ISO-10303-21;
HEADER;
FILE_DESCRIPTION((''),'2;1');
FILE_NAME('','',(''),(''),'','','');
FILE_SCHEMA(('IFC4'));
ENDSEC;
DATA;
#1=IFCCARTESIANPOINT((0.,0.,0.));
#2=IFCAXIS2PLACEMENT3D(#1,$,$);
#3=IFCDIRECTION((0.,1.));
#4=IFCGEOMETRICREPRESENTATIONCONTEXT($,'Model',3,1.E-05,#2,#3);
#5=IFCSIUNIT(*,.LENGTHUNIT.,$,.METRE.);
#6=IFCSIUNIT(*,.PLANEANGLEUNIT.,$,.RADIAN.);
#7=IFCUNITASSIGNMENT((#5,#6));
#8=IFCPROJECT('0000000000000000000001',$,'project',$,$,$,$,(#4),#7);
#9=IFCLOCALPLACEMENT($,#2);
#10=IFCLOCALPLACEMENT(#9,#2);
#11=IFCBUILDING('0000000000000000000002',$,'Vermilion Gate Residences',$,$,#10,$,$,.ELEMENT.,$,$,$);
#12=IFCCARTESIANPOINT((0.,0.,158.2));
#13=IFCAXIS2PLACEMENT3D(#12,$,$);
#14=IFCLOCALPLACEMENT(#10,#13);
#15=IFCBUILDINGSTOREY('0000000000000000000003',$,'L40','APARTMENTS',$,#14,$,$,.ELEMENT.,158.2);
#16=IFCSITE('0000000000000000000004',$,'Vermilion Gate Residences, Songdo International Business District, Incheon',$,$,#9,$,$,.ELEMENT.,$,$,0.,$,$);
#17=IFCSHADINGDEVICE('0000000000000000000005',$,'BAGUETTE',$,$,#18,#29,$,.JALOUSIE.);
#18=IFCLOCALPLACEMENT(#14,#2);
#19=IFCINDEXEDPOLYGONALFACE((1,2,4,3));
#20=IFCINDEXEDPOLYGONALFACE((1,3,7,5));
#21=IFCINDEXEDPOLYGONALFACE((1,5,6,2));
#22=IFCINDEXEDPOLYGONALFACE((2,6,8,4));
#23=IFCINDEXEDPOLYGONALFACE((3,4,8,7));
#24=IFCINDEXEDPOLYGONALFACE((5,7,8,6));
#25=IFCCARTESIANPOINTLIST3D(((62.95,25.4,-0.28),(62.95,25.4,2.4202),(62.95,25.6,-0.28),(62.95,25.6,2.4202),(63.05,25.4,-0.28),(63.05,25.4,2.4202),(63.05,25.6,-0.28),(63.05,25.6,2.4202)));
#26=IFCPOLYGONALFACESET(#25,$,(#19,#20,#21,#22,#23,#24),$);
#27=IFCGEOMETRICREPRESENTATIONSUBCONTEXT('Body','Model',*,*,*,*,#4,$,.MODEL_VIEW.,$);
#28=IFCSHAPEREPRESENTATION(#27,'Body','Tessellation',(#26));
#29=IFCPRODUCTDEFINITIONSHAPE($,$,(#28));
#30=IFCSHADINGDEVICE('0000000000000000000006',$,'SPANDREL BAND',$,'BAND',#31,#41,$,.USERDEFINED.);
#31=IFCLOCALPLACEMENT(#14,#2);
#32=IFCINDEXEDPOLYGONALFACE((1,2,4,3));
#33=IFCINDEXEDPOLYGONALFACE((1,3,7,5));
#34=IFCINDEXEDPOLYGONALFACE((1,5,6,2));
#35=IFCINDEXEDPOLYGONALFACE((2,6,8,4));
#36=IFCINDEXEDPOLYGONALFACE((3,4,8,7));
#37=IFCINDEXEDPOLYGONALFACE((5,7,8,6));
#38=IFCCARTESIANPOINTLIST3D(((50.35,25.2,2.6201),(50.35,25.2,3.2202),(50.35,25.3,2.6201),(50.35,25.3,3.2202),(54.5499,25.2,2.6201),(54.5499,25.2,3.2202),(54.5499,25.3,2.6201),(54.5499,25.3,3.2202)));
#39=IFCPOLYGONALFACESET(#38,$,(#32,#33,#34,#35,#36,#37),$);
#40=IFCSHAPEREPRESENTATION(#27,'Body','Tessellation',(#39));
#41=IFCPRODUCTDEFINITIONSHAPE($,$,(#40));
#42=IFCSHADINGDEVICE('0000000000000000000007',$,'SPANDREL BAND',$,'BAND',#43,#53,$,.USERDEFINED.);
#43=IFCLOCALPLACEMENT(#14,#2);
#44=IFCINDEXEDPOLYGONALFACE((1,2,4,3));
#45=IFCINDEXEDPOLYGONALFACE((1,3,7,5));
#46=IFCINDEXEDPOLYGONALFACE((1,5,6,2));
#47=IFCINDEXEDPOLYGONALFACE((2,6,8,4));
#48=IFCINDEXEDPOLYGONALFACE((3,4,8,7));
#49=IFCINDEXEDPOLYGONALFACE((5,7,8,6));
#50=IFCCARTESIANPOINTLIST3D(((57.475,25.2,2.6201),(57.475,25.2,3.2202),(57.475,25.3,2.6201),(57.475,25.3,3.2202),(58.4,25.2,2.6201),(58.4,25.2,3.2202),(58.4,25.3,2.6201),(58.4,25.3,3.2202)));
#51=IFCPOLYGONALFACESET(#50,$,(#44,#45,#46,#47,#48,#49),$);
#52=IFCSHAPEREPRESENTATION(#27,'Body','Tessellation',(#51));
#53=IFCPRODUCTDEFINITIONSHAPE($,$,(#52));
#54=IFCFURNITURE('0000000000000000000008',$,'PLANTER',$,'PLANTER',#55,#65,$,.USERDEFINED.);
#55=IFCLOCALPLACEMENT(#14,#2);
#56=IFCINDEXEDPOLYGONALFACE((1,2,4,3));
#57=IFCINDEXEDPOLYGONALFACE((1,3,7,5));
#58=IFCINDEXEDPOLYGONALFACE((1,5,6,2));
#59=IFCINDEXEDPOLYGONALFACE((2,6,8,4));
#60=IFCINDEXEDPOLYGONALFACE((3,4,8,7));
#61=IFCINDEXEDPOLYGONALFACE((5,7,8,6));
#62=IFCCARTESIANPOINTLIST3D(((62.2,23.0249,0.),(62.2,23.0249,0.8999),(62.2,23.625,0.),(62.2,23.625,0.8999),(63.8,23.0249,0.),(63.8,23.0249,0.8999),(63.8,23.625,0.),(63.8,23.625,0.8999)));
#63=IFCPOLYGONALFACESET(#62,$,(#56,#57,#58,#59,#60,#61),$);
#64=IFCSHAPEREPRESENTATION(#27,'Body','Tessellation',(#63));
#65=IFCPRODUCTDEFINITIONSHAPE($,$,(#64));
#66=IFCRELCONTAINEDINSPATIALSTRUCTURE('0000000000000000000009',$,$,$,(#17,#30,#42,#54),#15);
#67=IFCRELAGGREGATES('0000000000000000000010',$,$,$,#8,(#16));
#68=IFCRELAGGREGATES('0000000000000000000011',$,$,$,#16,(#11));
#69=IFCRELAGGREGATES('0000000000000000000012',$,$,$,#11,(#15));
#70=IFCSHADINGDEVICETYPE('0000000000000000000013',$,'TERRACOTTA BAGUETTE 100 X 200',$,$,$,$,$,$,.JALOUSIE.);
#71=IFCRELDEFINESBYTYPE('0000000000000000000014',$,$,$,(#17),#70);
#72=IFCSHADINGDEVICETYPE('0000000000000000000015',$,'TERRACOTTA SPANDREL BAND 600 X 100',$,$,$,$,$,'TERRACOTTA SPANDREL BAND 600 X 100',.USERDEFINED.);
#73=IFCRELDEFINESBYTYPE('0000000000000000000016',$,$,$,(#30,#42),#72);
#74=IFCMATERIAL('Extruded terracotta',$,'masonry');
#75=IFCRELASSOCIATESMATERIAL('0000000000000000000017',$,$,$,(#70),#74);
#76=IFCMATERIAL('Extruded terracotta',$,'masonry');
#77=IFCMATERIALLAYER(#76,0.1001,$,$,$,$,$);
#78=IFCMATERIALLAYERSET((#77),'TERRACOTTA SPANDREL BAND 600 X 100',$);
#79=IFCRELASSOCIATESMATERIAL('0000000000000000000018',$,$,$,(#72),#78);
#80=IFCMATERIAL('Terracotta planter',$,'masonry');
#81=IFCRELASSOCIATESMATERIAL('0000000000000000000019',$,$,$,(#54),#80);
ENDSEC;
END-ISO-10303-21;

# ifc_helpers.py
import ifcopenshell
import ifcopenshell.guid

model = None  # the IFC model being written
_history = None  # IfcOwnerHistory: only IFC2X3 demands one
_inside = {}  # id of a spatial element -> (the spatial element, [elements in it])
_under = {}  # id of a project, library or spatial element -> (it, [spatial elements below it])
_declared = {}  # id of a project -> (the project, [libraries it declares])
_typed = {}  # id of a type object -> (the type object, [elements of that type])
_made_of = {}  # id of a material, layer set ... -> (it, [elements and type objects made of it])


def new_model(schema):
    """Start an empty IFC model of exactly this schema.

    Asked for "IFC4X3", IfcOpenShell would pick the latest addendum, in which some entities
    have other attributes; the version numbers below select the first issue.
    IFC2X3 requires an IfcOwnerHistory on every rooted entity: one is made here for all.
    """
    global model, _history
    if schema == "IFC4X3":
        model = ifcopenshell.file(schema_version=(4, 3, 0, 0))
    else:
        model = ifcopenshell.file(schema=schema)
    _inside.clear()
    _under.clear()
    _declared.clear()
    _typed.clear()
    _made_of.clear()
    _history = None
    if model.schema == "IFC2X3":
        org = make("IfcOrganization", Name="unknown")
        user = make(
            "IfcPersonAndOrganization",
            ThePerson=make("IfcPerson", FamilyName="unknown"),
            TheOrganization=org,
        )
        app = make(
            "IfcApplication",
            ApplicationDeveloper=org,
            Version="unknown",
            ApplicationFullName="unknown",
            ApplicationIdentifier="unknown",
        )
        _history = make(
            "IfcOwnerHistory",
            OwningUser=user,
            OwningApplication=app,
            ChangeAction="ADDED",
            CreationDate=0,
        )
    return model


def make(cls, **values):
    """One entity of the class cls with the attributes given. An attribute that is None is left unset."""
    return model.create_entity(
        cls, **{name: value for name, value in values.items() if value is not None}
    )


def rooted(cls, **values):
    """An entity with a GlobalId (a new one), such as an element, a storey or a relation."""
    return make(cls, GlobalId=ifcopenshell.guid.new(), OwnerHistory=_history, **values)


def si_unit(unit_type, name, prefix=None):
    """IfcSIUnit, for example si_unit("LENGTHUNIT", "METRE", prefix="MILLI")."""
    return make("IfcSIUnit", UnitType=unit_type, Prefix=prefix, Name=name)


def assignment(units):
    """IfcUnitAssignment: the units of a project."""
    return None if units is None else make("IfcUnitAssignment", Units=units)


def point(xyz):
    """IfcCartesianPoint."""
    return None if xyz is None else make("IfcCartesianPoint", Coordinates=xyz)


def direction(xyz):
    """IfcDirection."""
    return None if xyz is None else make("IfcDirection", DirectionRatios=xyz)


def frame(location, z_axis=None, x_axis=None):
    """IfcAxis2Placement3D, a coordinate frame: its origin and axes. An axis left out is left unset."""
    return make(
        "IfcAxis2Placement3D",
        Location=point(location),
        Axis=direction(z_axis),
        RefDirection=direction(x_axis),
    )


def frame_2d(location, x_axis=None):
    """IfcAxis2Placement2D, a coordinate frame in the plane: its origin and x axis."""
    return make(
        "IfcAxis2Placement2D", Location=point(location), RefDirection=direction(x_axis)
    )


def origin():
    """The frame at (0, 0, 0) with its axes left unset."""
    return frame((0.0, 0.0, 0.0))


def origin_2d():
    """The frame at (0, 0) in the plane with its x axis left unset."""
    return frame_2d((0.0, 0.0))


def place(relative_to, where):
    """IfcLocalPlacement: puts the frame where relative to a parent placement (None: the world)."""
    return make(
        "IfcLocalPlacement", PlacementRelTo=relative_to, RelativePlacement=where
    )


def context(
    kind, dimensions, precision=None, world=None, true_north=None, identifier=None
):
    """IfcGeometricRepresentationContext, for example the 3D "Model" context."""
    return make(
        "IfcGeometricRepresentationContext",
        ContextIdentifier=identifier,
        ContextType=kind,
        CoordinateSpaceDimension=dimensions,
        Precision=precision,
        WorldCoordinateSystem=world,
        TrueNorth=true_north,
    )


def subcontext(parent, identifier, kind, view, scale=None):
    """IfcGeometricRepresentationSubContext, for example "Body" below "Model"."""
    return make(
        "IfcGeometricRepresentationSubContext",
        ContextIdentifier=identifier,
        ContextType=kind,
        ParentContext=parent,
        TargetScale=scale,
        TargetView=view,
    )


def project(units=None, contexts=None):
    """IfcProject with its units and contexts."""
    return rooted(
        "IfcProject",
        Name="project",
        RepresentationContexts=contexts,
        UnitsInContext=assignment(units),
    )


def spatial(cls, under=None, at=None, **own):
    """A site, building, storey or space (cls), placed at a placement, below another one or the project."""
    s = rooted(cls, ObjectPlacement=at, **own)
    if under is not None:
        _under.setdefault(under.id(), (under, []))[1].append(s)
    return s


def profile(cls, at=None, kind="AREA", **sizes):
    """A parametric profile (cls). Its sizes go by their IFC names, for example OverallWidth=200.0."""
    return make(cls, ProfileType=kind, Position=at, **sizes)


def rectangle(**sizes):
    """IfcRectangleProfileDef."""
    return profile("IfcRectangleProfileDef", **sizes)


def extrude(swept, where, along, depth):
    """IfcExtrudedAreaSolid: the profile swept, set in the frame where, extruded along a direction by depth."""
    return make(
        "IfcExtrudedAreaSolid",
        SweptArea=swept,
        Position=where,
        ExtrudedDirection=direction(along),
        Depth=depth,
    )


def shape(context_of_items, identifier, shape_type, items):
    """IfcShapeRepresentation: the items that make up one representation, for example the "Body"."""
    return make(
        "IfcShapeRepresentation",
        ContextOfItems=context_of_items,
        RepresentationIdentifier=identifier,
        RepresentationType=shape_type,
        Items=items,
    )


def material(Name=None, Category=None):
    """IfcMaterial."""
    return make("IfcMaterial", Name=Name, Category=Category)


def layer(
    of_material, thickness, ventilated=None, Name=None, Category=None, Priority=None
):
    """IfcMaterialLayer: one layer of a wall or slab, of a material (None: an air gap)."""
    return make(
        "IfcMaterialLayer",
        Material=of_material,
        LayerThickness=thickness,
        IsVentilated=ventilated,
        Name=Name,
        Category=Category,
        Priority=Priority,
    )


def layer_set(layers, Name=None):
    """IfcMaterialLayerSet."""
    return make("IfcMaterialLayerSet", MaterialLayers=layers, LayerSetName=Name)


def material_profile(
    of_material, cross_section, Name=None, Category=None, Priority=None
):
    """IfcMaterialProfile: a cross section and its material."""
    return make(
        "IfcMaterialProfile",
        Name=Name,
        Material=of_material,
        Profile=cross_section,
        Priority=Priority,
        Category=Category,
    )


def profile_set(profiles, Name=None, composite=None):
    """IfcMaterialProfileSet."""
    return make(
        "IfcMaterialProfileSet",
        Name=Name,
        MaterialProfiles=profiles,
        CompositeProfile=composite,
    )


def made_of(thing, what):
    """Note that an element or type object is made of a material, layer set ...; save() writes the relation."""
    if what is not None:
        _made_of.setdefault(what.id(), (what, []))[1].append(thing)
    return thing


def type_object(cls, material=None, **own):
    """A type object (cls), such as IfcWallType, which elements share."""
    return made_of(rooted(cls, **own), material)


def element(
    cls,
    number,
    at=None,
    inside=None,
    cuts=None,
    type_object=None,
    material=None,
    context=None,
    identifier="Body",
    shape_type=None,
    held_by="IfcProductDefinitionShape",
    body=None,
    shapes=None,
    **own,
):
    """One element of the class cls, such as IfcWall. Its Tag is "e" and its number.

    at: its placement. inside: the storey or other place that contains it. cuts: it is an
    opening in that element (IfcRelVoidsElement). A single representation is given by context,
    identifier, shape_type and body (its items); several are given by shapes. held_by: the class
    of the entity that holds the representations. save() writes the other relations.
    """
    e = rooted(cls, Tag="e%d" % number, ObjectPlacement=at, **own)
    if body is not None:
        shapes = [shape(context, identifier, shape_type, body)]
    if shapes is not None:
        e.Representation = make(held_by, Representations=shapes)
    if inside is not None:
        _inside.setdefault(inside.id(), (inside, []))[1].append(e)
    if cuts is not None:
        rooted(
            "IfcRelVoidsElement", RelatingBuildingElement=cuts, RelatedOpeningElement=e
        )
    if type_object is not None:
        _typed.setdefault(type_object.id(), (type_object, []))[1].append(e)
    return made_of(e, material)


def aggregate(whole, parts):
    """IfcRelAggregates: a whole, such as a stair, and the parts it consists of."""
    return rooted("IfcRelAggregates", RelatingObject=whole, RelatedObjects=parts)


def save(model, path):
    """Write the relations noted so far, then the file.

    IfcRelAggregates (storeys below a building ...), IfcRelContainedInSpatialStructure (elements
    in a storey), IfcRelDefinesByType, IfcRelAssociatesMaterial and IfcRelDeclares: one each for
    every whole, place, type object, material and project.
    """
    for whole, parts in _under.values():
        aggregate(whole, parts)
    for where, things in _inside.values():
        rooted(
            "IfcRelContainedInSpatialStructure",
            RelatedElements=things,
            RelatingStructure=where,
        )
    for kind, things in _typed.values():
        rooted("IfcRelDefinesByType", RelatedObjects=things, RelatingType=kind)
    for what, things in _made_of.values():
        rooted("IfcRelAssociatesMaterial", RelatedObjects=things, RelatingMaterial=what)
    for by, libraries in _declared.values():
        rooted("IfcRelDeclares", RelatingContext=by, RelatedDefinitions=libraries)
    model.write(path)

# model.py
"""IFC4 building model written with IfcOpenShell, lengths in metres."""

from ifc_helpers import new_model, si_unit, direction, frame, origin, origin_2d, place, context, subcontext, project, spatial, rectangle, extrude, material, layer, layer_set, material_profile, profile_set, type_object, element, save


model = new_model("IFC4")

# Units and contexts
model_context = context("Model", 3, precision=1e-05, world=origin(), true_north=direction((0.0, 1.0)))
body_context = subcontext(model_context, "Body", "Model", "MODEL_VIEW")
ifc_project = project(units=[si_unit("LENGTHUNIT", "METRE"), si_unit("PLANEANGLEUNIT", "RADIAN")], contexts=[model_context])

# Site, building, storey
site_placement = place(None, origin())
site = spatial("IfcSite", under=ifc_project, at=site_placement, Name="Vermilion Gate Residences, Songdo International Business District, Incheon", CompositionType="ELEMENT", RefElevation=0.0)
building_placement = place(site_placement, origin())
building = spatial("IfcBuilding", under=site, at=building_placement, Name="Vermilion Gate Residences", CompositionType="ELEMENT")
storey_placement = place(building_placement, frame((0.0, 0.0, 158.2)))
storey = spatial("IfcBuildingStorey", under=building, at=storey_placement, Name="L40", Description="APARTMENTS", CompositionType="ELEMENT", Elevation=158.2)

# Shading devices
ifc_material_1 = material(Name="Extruded terracotta", Category="masonry")
ifc_material_profile_1 = material_profile(ifc_material_1, rectangle(XDim=0.2, YDim=0.1001, at=origin_2d()), Name="BAGUETTE 100 X 200")
ifc_profile_set_1 = profile_set([ifc_material_profile_1], Name="Extruded terracotta")
shading_device_type_1 = type_object("IfcShadingDeviceType", Name="TERRACOTTA BAGUETTE 100 X 200", PredefinedType="JALOUSIE", material=ifc_profile_set_1)
for number, where, z_axis, x_axis, name in (
    (1, (63.0, 25.5, -0.28), (0.0, 0.0, 1.0), (0.0, -1.0, 0.0), "BAGUETTE"),
):
    element("IfcShadingDevice", number, at=place(storey_placement, frame(where, z_axis=z_axis, x_axis=x_axis)), inside=storey, type_object=shading_device_type_1, Name=name, PredefinedType="JALOUSIE", context=body_context, shape_type="SweptSolid", body=[
        extrude(rectangle(XDim=0.2, YDim=0.1001, at=origin_2d()), origin(), (0.0, 0.0, 1.0), 2.7002),
    ])
ifc_material_2 = material(Name="Extruded terracotta", Category="masonry")
ifc_layer_1 = layer(ifc_material_2, 0.1001)
ifc_layer_set_1 = layer_set([ifc_layer_1], Name="TERRACOTTA SPANDREL BAND 600 X 100")
shading_device_type_2 = type_object("IfcShadingDeviceType", Name="TERRACOTTA SPANDREL BAND 600 X 100", ElementType="TERRACOTTA SPANDREL BAND 600 X 100", PredefinedType="USERDEFINED", material=ifc_layer_set_1)
shading_device_1_placement = place(storey_placement, frame((52.45, 25.25, 2.6201), z_axis=(0.0, 0.0, 1.0), x_axis=(1.0, 0.0, 0.0)))
element("IfcShadingDevice", 2, at=shading_device_1_placement, inside=storey, type_object=shading_device_type_2, Name="SPANDREL BAND", ObjectType="BAND", PredefinedType="USERDEFINED", context=body_context, shape_type="SweptSolid", body=[
    extrude(rectangle(XDim=4.2, YDim=0.1001, at=origin_2d()), origin(), (0.0, 0.0, 1.0), 0.6001),
])
shading_device_2_placement = place(storey_placement, frame((57.9375, 25.25, 2.6201), z_axis=(0.0, 0.0, 1.0), x_axis=(1.0, 0.0, 0.0)))
element("IfcShadingDevice", 3, at=shading_device_2_placement, inside=storey, type_object=shading_device_type_2, Name="SPANDREL BAND", ObjectType="BAND", PredefinedType="USERDEFINED", context=body_context, shape_type="SweptSolid", body=[
    extrude(rectangle(XDim=0.925, YDim=0.1001, at=origin_2d()), origin(), (0.0, 0.0, 1.0), 0.6001),
])

# Furniture
ifc_material_3 = material(Name="Terracotta planter", Category="masonry")
furniture_placement = place(storey_placement, frame((63.0, 23.325, 0.0), z_axis=(0.0, 0.0, 1.0), x_axis=(-1.0, 0.0, 0.0)))
element("IfcFurniture", 4, at=furniture_placement, inside=storey, material=ifc_material_3, Name="PLANTER", ObjectType="PLANTER", PredefinedType="USERDEFINED", context=body_context, shape_type="SweptSolid", body=[
    extrude(rectangle(XDim=1.6001, YDim=0.6001, at=origin_2d()), origin(), (0.0, 0.0, 1.0), 0.8999),
])

save(model, "model.ifc")
